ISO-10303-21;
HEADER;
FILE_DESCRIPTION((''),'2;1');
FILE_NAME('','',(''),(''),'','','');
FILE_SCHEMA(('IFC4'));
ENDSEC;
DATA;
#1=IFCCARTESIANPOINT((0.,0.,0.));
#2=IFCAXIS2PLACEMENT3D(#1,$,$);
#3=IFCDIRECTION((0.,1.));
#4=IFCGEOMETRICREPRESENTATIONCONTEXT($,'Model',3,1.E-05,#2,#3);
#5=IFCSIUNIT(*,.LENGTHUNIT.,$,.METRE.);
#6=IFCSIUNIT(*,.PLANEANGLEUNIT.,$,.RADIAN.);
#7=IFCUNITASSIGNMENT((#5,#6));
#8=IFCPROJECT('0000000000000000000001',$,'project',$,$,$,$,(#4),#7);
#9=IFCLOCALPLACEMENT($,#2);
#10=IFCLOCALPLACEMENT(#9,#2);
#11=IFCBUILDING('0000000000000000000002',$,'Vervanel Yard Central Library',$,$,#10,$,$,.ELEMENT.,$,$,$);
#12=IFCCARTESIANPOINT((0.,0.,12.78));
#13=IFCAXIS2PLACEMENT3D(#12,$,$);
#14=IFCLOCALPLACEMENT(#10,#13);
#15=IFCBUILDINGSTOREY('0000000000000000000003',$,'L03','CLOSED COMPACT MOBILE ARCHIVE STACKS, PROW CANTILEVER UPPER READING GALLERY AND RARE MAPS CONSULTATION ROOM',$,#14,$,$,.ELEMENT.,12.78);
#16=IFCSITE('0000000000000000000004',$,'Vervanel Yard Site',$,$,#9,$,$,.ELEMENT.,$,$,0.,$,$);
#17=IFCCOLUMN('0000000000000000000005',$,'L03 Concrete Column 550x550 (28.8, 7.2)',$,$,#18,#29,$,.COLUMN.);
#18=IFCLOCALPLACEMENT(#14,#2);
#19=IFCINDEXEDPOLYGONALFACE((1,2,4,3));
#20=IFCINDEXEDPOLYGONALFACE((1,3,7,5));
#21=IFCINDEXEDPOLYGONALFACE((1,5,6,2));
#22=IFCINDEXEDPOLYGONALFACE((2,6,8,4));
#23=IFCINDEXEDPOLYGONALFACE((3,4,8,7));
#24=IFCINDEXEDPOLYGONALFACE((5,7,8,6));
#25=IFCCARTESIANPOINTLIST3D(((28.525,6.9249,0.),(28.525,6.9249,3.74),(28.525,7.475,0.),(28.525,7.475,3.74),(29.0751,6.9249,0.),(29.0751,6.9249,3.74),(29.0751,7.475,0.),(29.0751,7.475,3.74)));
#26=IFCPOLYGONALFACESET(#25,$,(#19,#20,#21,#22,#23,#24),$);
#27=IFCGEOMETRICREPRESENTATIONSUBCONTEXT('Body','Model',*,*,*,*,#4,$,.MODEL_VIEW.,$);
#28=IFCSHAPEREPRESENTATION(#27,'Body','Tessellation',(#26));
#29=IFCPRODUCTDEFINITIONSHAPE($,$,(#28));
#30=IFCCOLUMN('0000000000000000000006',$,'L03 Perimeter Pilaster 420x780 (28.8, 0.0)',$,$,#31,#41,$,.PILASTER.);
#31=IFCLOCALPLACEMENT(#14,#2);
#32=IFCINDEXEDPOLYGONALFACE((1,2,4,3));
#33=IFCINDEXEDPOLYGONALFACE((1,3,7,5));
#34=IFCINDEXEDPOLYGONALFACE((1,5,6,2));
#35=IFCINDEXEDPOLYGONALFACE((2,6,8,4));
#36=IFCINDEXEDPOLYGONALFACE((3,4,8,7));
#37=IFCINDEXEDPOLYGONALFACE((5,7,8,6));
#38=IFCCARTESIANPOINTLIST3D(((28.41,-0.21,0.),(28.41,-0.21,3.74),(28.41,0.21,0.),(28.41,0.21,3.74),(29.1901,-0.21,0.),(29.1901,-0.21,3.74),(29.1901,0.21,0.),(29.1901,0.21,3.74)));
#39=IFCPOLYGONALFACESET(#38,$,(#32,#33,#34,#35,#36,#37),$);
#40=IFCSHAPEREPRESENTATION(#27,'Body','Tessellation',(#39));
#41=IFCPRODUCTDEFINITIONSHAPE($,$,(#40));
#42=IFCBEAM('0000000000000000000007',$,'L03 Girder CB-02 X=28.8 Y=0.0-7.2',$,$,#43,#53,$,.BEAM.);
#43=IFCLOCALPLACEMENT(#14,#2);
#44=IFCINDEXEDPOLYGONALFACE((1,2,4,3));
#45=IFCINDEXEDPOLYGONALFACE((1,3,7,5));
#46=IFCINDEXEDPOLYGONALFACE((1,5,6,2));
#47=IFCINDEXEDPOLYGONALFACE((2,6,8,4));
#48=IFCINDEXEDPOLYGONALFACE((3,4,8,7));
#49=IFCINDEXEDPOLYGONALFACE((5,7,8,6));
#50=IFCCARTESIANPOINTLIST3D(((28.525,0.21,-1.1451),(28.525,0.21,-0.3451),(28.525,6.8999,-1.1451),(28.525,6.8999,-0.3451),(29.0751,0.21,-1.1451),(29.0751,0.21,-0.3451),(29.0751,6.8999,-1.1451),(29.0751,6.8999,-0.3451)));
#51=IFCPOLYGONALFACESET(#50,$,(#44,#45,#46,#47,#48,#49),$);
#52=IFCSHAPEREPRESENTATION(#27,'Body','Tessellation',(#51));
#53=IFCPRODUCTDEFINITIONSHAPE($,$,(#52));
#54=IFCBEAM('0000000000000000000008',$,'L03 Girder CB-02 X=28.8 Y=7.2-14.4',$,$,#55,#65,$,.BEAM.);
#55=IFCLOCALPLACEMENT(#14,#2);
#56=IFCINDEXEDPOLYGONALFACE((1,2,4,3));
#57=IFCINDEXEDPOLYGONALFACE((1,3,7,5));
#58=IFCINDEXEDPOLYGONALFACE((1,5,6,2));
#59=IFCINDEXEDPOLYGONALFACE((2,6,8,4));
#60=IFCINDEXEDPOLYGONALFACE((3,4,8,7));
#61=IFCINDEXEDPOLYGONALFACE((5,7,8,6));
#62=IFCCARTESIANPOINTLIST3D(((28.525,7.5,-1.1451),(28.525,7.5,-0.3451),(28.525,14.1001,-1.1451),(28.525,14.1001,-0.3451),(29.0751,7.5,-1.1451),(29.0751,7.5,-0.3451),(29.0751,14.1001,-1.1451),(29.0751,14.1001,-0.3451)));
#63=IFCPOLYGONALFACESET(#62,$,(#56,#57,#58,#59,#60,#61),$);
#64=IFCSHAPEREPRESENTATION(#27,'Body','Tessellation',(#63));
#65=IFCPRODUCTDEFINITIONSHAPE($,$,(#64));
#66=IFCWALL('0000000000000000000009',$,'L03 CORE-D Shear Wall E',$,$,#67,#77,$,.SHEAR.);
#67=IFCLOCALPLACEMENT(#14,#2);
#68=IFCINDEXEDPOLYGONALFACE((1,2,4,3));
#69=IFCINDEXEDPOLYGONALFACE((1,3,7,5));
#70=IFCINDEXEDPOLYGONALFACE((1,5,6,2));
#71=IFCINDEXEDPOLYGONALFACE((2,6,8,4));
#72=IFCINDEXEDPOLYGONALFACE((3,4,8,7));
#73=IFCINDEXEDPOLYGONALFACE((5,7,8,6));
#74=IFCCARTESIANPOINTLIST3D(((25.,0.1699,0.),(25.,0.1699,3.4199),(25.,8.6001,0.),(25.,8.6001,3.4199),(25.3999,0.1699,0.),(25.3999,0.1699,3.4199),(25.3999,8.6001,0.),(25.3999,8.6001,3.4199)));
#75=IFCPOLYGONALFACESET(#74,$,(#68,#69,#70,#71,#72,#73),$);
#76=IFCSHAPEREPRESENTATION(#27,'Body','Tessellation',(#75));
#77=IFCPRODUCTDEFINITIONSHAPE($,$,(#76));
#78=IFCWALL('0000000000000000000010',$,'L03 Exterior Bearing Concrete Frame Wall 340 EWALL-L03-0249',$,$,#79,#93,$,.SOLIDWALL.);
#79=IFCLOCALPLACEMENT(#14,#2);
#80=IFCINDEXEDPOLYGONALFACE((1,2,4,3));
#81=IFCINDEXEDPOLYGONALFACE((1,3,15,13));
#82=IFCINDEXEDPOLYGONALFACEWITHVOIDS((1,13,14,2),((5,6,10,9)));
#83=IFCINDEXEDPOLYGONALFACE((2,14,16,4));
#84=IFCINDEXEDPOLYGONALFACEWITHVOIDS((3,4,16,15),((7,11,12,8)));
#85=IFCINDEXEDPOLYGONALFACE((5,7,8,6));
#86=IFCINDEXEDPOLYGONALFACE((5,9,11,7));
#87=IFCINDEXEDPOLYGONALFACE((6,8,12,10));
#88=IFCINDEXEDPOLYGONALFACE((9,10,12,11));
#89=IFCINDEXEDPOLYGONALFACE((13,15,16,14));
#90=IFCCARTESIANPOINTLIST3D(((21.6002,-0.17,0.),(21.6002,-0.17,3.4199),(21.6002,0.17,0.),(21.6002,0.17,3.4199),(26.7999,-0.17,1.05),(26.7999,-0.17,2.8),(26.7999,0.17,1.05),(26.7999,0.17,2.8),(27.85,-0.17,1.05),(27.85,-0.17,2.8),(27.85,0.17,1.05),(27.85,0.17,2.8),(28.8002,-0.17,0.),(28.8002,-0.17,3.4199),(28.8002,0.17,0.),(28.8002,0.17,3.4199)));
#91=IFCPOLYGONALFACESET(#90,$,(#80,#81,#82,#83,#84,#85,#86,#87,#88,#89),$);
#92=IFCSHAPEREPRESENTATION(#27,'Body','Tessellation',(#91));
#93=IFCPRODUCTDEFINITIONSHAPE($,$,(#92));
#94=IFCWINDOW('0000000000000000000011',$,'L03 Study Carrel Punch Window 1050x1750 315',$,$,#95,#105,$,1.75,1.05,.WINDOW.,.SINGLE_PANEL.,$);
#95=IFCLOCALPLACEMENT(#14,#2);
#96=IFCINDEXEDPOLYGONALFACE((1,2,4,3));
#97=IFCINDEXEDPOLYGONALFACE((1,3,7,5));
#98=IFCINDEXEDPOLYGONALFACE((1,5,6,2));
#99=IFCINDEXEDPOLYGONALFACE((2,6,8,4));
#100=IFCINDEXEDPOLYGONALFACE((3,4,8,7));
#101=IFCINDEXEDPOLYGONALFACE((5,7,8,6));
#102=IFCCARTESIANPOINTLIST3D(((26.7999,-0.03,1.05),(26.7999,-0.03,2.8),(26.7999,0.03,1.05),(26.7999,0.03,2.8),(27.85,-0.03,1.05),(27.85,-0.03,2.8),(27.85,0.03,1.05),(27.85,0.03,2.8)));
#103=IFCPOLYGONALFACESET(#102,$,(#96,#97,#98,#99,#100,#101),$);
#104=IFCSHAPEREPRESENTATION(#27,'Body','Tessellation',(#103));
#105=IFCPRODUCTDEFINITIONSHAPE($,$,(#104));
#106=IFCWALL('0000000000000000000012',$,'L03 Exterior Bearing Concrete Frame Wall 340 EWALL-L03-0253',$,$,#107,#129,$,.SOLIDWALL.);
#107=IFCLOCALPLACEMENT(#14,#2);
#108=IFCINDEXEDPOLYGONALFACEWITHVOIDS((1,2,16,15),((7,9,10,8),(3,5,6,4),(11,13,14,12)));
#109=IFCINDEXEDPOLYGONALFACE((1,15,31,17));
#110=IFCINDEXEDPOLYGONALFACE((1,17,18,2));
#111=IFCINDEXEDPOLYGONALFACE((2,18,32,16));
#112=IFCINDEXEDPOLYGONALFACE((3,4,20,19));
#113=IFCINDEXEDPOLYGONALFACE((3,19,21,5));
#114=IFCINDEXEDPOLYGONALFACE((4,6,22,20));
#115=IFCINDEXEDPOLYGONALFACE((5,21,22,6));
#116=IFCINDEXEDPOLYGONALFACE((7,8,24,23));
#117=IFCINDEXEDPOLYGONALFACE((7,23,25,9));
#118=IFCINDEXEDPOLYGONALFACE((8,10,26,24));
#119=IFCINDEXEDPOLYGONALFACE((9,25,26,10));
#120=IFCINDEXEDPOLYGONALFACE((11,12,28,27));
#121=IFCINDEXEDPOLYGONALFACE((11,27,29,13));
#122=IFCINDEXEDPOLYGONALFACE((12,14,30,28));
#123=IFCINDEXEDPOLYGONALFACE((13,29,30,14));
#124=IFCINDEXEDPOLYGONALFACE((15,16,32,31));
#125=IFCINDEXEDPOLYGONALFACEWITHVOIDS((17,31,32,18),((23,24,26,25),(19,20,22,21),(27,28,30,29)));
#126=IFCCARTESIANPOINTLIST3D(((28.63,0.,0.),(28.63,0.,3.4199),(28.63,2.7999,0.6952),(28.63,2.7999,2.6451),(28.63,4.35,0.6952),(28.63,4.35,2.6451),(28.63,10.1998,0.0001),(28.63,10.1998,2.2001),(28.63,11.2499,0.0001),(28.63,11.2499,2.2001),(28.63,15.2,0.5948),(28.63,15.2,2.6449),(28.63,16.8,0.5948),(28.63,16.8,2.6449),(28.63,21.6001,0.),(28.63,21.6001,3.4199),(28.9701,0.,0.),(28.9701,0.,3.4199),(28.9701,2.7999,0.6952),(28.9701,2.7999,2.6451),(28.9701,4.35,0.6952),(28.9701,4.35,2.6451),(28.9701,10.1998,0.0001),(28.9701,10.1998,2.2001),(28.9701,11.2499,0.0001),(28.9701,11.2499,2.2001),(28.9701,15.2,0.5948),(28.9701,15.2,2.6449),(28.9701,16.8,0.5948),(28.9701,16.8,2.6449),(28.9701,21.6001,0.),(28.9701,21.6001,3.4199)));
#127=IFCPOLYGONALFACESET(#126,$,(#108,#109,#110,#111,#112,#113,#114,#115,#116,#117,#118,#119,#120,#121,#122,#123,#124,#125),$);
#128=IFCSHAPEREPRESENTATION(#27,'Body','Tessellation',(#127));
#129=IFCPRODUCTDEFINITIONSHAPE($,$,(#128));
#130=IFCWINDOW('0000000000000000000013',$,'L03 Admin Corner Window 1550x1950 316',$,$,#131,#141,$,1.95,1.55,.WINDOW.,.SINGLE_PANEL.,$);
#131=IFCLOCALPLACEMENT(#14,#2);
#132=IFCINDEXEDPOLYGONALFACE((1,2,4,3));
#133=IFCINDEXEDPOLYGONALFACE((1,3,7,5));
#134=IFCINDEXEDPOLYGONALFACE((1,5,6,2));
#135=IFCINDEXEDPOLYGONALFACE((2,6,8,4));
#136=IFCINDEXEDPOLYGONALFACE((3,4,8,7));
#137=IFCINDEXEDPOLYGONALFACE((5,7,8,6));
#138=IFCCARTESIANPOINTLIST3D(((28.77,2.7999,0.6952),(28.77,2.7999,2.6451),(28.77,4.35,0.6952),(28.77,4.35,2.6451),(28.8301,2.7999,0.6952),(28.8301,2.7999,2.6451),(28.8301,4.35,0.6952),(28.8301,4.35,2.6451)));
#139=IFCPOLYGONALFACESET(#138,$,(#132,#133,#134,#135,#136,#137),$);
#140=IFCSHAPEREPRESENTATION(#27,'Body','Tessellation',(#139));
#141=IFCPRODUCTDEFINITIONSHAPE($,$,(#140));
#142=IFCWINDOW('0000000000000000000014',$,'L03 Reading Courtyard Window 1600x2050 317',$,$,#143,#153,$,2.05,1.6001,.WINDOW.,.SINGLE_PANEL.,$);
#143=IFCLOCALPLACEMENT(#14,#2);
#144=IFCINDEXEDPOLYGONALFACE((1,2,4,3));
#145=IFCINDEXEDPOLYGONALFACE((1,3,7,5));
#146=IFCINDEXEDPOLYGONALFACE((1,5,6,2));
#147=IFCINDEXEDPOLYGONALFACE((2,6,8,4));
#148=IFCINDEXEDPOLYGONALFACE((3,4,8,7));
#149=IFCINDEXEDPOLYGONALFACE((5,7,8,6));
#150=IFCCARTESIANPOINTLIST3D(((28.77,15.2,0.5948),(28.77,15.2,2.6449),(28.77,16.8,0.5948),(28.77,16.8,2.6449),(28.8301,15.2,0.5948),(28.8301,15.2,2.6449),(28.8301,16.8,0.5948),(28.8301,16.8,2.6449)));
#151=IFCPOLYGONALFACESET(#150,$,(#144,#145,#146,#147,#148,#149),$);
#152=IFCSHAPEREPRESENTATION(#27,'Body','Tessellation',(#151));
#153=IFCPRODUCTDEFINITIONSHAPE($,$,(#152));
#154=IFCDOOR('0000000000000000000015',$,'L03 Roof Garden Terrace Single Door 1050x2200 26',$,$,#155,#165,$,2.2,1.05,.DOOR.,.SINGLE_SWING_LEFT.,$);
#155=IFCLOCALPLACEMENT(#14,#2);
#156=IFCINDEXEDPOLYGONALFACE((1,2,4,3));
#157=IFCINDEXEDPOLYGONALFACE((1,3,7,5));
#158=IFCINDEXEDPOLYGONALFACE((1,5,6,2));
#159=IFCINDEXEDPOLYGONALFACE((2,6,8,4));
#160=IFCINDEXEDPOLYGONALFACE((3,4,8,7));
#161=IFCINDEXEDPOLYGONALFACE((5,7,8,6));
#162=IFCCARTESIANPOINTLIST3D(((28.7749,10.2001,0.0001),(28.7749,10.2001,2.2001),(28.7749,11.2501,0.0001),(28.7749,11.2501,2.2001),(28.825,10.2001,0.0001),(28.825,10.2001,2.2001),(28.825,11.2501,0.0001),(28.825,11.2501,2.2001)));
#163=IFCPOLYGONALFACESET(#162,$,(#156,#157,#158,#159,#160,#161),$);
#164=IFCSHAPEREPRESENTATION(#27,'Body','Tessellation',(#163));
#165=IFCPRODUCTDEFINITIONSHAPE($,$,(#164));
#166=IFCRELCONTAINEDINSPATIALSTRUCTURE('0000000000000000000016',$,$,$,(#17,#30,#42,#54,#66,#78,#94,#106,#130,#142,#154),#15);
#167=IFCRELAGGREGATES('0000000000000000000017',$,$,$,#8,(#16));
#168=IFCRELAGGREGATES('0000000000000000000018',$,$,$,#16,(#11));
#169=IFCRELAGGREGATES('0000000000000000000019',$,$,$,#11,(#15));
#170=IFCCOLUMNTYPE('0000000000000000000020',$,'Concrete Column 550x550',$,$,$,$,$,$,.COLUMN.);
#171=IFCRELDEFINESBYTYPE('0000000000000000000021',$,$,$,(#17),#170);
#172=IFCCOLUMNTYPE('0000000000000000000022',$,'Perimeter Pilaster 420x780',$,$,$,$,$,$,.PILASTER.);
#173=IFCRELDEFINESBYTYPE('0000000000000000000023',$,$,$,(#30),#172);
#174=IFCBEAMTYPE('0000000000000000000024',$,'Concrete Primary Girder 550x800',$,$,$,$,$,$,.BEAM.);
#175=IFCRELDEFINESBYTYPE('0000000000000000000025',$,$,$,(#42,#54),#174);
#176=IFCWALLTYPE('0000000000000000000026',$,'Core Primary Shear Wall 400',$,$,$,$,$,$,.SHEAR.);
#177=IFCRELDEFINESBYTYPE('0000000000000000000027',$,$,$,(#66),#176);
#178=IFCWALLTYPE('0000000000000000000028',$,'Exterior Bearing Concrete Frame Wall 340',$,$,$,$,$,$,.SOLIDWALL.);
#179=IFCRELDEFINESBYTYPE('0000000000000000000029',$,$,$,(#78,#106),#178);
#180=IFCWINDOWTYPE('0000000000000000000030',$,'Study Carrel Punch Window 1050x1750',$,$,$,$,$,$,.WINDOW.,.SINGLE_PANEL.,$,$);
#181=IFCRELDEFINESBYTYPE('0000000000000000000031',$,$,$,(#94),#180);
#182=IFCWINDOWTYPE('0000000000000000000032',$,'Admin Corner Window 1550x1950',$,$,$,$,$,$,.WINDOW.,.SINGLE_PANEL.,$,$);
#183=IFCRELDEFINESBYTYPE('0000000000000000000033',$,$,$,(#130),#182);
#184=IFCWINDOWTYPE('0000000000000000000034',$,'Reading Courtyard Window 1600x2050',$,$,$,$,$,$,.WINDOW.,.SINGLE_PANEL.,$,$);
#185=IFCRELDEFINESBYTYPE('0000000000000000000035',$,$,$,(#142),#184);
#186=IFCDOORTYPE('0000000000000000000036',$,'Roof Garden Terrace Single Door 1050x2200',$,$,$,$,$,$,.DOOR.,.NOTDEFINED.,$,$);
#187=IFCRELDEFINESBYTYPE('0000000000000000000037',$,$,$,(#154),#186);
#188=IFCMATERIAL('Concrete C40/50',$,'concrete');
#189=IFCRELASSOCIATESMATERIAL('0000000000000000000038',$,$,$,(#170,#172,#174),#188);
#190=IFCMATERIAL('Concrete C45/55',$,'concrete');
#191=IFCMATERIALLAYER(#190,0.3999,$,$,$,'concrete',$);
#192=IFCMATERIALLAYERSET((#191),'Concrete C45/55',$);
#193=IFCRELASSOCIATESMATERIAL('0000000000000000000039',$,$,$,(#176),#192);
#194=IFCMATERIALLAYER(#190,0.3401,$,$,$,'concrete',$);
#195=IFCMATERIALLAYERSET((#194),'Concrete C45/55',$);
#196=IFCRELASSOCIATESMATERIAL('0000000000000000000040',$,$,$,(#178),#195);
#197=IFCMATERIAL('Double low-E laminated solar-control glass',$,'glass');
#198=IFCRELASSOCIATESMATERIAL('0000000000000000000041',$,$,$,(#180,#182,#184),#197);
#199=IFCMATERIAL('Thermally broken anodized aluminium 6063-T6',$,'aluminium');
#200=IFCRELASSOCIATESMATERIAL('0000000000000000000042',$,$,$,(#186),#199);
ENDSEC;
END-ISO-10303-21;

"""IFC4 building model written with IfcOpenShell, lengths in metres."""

from ifc_helpers import new_model, si_unit, direction, frame, frame_2d, origin, origin_2d, place, context, subcontext, project, spatial, rectangle, extrude, material, layer, layer_set, material_profile, profile_set, type_object, element, fill, save


model = new_model("IFC4")

# Units and contexts
model_context = context("Model", 3, precision=1e-05, world=origin(), true_north=direction((0.0, 1.0)))
body_context = subcontext(model_context, "Body", "Model", "MODEL_VIEW")
ifc_project = project(units=[si_unit("LENGTHUNIT", "METRE"), si_unit("PLANEANGLEUNIT", "RADIAN")], contexts=[model_context])

# Site, building, storey
site_placement = place(None, origin())
site = spatial("IfcSite", under=ifc_project, at=site_placement, Name="Vervanel Yard Site", CompositionType="ELEMENT", RefElevation=0.0)
building_placement = place(site_placement, origin())
building = spatial("IfcBuilding", under=site, at=building_placement, Name="Vervanel Yard Central Library", CompositionType="ELEMENT")
storey_placement = place(building_placement, frame((0.0, 0.0, 12.78)))
storey = spatial("IfcBuildingStorey", under=building, at=storey_placement, Name="L03", Description="CLOSED COMPACT MOBILE ARCHIVE STACKS, PROW CANTILEVER UPPER READING GALLERY AND RARE MAPS CONSULTATION ROOM", CompositionType="ELEMENT", Elevation=12.78)

# Columns
ifc_material_1 = material(Name="Concrete C40/50", Category="concrete")
ifc_material_profile_1 = material_profile(ifc_material_1, rectangle(XDim=0.55, YDim=0.55, at=origin_2d()), Name="RC 550x550", Category="concrete")
ifc_profile_set_1 = profile_set([ifc_material_profile_1], Name="Concrete C40/50")
column_type_1 = type_object("IfcColumnType", Name="Concrete Column 550x550", PredefinedType="COLUMN", material=ifc_profile_set_1)
column_1_placement = place(storey_placement, frame((28.8, 7.2, 0.0), z_axis=(0.0, 0.0, 1.0), x_axis=(1.0, 0.0, 0.0)))
element("IfcColumn", 1, at=column_1_placement, inside=storey, type_object=column_type_1, Name="L03 Concrete Column 550x550 (28.8, 7.2)", PredefinedType="COLUMN", context=body_context, shape_type="SweptSolid", body=[
    extrude(rectangle(XDim=0.55, YDim=0.55, at=origin_2d()), origin(), (0.0, 0.0, 1.0), 3.74),
])
ifc_material_profile_2 = material_profile(ifc_material_1, rectangle(XDim=0.4199, YDim=0.78, at=origin_2d()), Name="RC 420x780", Category="concrete")
ifc_profile_set_2 = profile_set([ifc_material_profile_2], Name="Concrete C40/50")
column_type_2 = type_object("IfcColumnType", Name="Perimeter Pilaster 420x780", PredefinedType="PILASTER", material=ifc_profile_set_2)
column_2_placement = place(storey_placement, frame((28.8, 0.0, 0.0), z_axis=(0.0, 0.0, 1.0), x_axis=(0.0, 1.0, 0.0)))
element("IfcColumn", 2, at=column_2_placement, inside=storey, type_object=column_type_2, Name="L03 Perimeter Pilaster 420x780 (28.8, 0.0)", PredefinedType="PILASTER", context=body_context, shape_type="SweptSolid", body=[
    extrude(rectangle(XDim=0.4199, YDim=0.78, at=origin_2d()), origin(), (0.0, 0.0, 1.0), 3.74),
])

# Beams
ifc_material_profile_3 = material_profile(ifc_material_1, rectangle(XDim=0.55, YDim=0.8, at=origin_2d()), Name="RC 550x800", Category="concrete")
ifc_profile_set_3 = profile_set([ifc_material_profile_3], Name="Concrete C40/50")
beam_type = type_object("IfcBeamType", Name="Concrete Primary Girder 550x800", PredefinedType="BEAM", material=ifc_profile_set_3)
beam_1_placement = place(storey_placement, frame((28.8, 0.21, -0.7451), z_axis=(0.0, 1.0, 0.0), x_axis=(-1.0, 0.0, 0.0)))
element("IfcBeam", 3, at=beam_1_placement, inside=storey, type_object=beam_type, Name="L03 Girder CB-02 X=28.8 Y=0.0-7.2", PredefinedType="BEAM", context=body_context, shape_type="SweptSolid", body=[
    extrude(rectangle(XDim=0.55, YDim=0.8, at=origin_2d()), origin(), (0.0, 0.0, 1.0), 6.6899),
])
beam_2_placement = place(storey_placement, frame((28.8, 7.5, -0.7451), z_axis=(0.0, 1.0, 0.0), x_axis=(-1.0, 0.0, 0.0)))
element("IfcBeam", 4, at=beam_2_placement, inside=storey, type_object=beam_type, Name="L03 Girder CB-02 X=28.8 Y=7.2-14.4", PredefinedType="BEAM", context=body_context, shape_type="SweptSolid", body=[
    extrude(rectangle(XDim=0.55, YDim=0.8, at=origin_2d()), origin(), (0.0, 0.0, 1.0), 6.6001),
])

# Wall
ifc_material_2 = material(Name="Concrete C45/55", Category="concrete")
ifc_layer_1 = layer(ifc_material_2, 0.3999, Category="concrete")
ifc_layer_set_1 = layer_set([ifc_layer_1], Name="Concrete C45/55")
wall_type_1 = type_object("IfcWallType", Name="Core Primary Shear Wall 400", PredefinedType="SHEAR", material=ifc_layer_set_1)
wall_1_placement = place(storey_placement, frame((25.2, 0.1699, 0.0), z_axis=(0.0, 0.0, 1.0), x_axis=(0.0, 1.0, 0.0)))
element("IfcWall", 5, at=wall_1_placement, inside=storey, type_object=wall_type_1, Name="L03 CORE-D Shear Wall E", PredefinedType="SHEAR", context=body_context, shape_type="SweptSolid", body=[
    extrude(rectangle(XDim=8.4302, YDim=0.3999, at=frame_2d((4.2151, 0.0))), origin(), (0.0, 0.0, 1.0), 3.4199),
])

# Wall, opening, window
ifc_layer_2 = layer(ifc_material_2, 0.3401, Category="concrete")
ifc_layer_set_2 = layer_set([ifc_layer_2], Name="Concrete C45/55")
wall_type_2 = type_object("IfcWallType", Name="Exterior Bearing Concrete Frame Wall 340", PredefinedType="SOLIDWALL", material=ifc_layer_set_2)
wall_2_placement = place(storey_placement, frame((21.6001, 0.0, 0.0), z_axis=(0.0, 0.0, 1.0), x_axis=(1.0, 0.0, 0.0)))
wall_2 = element("IfcWall", 6, at=wall_2_placement, inside=storey, type_object=wall_type_2, Name="L03 Exterior Bearing Concrete Frame Wall 340 EWALL-L03-0249", PredefinedType="SOLIDWALL", context=body_context, shape_type="SweptSolid", body=[
    extrude(rectangle(XDim=7.2, YDim=0.3401, at=frame_2d((3.6001, 0.0))), origin(), (0.0, 0.0, 1.0), 3.4199),
])
opening_1_placement = place(wall_2_placement, frame((5.2, 0.0, 1.05)))
opening_1 = element("IfcOpeningElement", 7, at=opening_1_placement, cuts=wall_2, PredefinedType="OPENING", context=body_context, shape_type="SweptSolid", body=[
    extrude(rectangle(XDim=1.05, YDim=1.75, at=frame_2d((0.5249, 0.875))), frame((0.0, 0.1799, 0.0), z_axis=(0.0, -1.0, 0.0), x_axis=(1.0, 0.0, 0.0)), (0.0, 0.0, 1.0), 0.3601),
])
ifc_material_3 = material(Name="Double low-E laminated solar-control glass", Category="glass")
window_type_1 = type_object("IfcWindowType", Name="Study Carrel Punch Window 1050x1750", PartitioningType="SINGLE_PANEL", PredefinedType="WINDOW", material=ifc_material_3)
window_1_placement = place(opening_1_placement, origin())
window_1 = element("IfcWindow", 8, at=window_1_placement, inside=storey, type_object=window_type_1, Name="L03 Study Carrel Punch Window 1050x1750 315", OverallHeight=1.75, OverallWidth=1.05, PartitioningType="SINGLE_PANEL", PredefinedType="WINDOW", context=body_context, shape_type="SweptSolid", body=[
    extrude(rectangle(XDim=1.05, YDim=1.75, at=frame_2d((0.5249, 0.875))), frame((0.0, 0.03, 0.0), z_axis=(0.0, -1.0, 0.0), x_axis=(1.0, 0.0, 0.0)), (0.0, 0.0, 1.0), 0.0601),
])
fill(opening_1, window_1)

# Wall, openings, windows, door
wall_3_placement = place(storey_placement, frame((28.8, 0.0, 0.0), z_axis=(0.0, 0.0, 1.0), x_axis=(0.0, 1.0, 0.0)))
wall_3 = element("IfcWall", 9, at=wall_3_placement, inside=storey, type_object=wall_type_2, Name="L03 Exterior Bearing Concrete Frame Wall 340 EWALL-L03-0253", PredefinedType="SOLIDWALL", context=body_context, shape_type="SweptSolid", body=[
    extrude(rectangle(XDim=21.6001, YDim=0.3401, at=frame_2d((10.8, 0.0))), origin(), (0.0, 0.0, 1.0), 3.4199),
])
opening_2_placement = place(wall_3_placement, frame((10.2, 0.0, 0.0)))
opening_2 = element("IfcOpeningElement", 10, at=opening_2_placement, cuts=wall_3, PredefinedType="OPENING", context=body_context, shape_type="SweptSolid", body=[
    extrude(rectangle(XDim=1.05, YDim=2.2, at=frame_2d((0.5249, 1.1001))), frame((0.0, 0.1799, 0.0), z_axis=(0.0, -1.0, 0.0), x_axis=(1.0, 0.0, 0.0)), (0.0, 0.0, 1.0), 0.3601),
])
opening_3_placement = place(wall_3_placement, frame((2.8, 0.0, 0.6951)))
opening_3 = element("IfcOpeningElement", 11, at=opening_3_placement, cuts=wall_3, PredefinedType="OPENING", context=body_context, shape_type="SweptSolid", body=[
    extrude(rectangle(XDim=1.55, YDim=1.95, at=frame_2d((0.7749, 0.9751))), frame((0.0, 0.1799, 0.0), z_axis=(0.0, -1.0, 0.0), x_axis=(1.0, 0.0, 0.0)), (0.0, 0.0, 1.0), 0.3601),
])
opening_4_placement = place(wall_3_placement, frame((15.2, 0.0, 0.595)))
opening_4 = element("IfcOpeningElement", 12, at=opening_4_placement, cuts=wall_3, PredefinedType="OPENING", context=body_context, shape_type="SweptSolid", body=[
    extrude(rectangle(XDim=1.6001, YDim=2.05, at=frame_2d((0.8, 1.0249))), frame((0.0, 0.1799, 0.0), z_axis=(0.0, -1.0, 0.0), x_axis=(1.0, 0.0, 0.0)), (0.0, 0.0, 1.0), 0.3601),
])
window_type_2 = type_object("IfcWindowType", Name="Admin Corner Window 1550x1950", PartitioningType="SINGLE_PANEL", PredefinedType="WINDOW", material=ifc_material_3)
window_2_placement = place(opening_3_placement, origin())
window_2 = element("IfcWindow", 13, at=window_2_placement, inside=storey, type_object=window_type_2, Name="L03 Admin Corner Window 1550x1950 316", OverallHeight=1.95, OverallWidth=1.55, PartitioningType="SINGLE_PANEL", PredefinedType="WINDOW", context=body_context, shape_type="SweptSolid", body=[
    extrude(rectangle(XDim=1.55, YDim=1.95, at=frame_2d((0.7749, 0.9751))), frame((0.0, 0.03, 0.0), z_axis=(0.0, -1.0, 0.0), x_axis=(1.0, 0.0, 0.0)), (0.0, 0.0, 1.0), 0.0601),
])
fill(opening_3, window_2)
window_type_3 = type_object("IfcWindowType", Name="Reading Courtyard Window 1600x2050", PartitioningType="SINGLE_PANEL", PredefinedType="WINDOW", material=ifc_material_3)
window_3_placement = place(opening_4_placement, origin())
window_3 = element("IfcWindow", 14, at=window_3_placement, inside=storey, type_object=window_type_3, Name="L03 Reading Courtyard Window 1600x2050 317", OverallHeight=2.05, OverallWidth=1.6001, PartitioningType="SINGLE_PANEL", PredefinedType="WINDOW", context=body_context, shape_type="SweptSolid", body=[
    extrude(rectangle(XDim=1.6001, YDim=2.05, at=frame_2d((0.8, 1.0249))), frame((0.0, 0.03, 0.0), z_axis=(0.0, -1.0, 0.0), x_axis=(1.0, 0.0, 0.0)), (0.0, 0.0, 1.0), 0.0601),
])
fill(opening_4, window_3)
ifc_material_4 = material(Name="Thermally broken anodized aluminium 6063-T6", Category="aluminium")
door_type_1 = type_object("IfcDoorType", Name="Roof Garden Terrace Single Door 1050x2200", OperationType="NOTDEFINED", PredefinedType="DOOR", material=ifc_material_4)
door_1_placement = place(opening_2_placement, frame((1.05, 0.0, 0.0), z_axis=(0.0, 0.0, 1.0), x_axis=(-1.0, 0.0, 0.0)))
door_1 = element("IfcDoor", 15, at=door_1_placement, inside=storey, type_object=door_type_1, Name="L03 Roof Garden Terrace Single Door 1050x2200 26", OperationType="SINGLE_SWING_LEFT", OverallHeight=2.2, OverallWidth=1.05, PredefinedType="DOOR", context=body_context, shape_type="SweptSolid", body=[
    extrude(rectangle(XDim=1.05, YDim=2.2, at=frame_2d((0.5249, 1.1001))), frame((0.0, 0.0249, 0.0), z_axis=(0.0, -1.0, 0.0), x_axis=(1.0, 0.0, 0.0)), (0.0, 0.0, 1.0), 0.05),
])
fill(opening_2, door_1)

save(model, "model.ifc")
